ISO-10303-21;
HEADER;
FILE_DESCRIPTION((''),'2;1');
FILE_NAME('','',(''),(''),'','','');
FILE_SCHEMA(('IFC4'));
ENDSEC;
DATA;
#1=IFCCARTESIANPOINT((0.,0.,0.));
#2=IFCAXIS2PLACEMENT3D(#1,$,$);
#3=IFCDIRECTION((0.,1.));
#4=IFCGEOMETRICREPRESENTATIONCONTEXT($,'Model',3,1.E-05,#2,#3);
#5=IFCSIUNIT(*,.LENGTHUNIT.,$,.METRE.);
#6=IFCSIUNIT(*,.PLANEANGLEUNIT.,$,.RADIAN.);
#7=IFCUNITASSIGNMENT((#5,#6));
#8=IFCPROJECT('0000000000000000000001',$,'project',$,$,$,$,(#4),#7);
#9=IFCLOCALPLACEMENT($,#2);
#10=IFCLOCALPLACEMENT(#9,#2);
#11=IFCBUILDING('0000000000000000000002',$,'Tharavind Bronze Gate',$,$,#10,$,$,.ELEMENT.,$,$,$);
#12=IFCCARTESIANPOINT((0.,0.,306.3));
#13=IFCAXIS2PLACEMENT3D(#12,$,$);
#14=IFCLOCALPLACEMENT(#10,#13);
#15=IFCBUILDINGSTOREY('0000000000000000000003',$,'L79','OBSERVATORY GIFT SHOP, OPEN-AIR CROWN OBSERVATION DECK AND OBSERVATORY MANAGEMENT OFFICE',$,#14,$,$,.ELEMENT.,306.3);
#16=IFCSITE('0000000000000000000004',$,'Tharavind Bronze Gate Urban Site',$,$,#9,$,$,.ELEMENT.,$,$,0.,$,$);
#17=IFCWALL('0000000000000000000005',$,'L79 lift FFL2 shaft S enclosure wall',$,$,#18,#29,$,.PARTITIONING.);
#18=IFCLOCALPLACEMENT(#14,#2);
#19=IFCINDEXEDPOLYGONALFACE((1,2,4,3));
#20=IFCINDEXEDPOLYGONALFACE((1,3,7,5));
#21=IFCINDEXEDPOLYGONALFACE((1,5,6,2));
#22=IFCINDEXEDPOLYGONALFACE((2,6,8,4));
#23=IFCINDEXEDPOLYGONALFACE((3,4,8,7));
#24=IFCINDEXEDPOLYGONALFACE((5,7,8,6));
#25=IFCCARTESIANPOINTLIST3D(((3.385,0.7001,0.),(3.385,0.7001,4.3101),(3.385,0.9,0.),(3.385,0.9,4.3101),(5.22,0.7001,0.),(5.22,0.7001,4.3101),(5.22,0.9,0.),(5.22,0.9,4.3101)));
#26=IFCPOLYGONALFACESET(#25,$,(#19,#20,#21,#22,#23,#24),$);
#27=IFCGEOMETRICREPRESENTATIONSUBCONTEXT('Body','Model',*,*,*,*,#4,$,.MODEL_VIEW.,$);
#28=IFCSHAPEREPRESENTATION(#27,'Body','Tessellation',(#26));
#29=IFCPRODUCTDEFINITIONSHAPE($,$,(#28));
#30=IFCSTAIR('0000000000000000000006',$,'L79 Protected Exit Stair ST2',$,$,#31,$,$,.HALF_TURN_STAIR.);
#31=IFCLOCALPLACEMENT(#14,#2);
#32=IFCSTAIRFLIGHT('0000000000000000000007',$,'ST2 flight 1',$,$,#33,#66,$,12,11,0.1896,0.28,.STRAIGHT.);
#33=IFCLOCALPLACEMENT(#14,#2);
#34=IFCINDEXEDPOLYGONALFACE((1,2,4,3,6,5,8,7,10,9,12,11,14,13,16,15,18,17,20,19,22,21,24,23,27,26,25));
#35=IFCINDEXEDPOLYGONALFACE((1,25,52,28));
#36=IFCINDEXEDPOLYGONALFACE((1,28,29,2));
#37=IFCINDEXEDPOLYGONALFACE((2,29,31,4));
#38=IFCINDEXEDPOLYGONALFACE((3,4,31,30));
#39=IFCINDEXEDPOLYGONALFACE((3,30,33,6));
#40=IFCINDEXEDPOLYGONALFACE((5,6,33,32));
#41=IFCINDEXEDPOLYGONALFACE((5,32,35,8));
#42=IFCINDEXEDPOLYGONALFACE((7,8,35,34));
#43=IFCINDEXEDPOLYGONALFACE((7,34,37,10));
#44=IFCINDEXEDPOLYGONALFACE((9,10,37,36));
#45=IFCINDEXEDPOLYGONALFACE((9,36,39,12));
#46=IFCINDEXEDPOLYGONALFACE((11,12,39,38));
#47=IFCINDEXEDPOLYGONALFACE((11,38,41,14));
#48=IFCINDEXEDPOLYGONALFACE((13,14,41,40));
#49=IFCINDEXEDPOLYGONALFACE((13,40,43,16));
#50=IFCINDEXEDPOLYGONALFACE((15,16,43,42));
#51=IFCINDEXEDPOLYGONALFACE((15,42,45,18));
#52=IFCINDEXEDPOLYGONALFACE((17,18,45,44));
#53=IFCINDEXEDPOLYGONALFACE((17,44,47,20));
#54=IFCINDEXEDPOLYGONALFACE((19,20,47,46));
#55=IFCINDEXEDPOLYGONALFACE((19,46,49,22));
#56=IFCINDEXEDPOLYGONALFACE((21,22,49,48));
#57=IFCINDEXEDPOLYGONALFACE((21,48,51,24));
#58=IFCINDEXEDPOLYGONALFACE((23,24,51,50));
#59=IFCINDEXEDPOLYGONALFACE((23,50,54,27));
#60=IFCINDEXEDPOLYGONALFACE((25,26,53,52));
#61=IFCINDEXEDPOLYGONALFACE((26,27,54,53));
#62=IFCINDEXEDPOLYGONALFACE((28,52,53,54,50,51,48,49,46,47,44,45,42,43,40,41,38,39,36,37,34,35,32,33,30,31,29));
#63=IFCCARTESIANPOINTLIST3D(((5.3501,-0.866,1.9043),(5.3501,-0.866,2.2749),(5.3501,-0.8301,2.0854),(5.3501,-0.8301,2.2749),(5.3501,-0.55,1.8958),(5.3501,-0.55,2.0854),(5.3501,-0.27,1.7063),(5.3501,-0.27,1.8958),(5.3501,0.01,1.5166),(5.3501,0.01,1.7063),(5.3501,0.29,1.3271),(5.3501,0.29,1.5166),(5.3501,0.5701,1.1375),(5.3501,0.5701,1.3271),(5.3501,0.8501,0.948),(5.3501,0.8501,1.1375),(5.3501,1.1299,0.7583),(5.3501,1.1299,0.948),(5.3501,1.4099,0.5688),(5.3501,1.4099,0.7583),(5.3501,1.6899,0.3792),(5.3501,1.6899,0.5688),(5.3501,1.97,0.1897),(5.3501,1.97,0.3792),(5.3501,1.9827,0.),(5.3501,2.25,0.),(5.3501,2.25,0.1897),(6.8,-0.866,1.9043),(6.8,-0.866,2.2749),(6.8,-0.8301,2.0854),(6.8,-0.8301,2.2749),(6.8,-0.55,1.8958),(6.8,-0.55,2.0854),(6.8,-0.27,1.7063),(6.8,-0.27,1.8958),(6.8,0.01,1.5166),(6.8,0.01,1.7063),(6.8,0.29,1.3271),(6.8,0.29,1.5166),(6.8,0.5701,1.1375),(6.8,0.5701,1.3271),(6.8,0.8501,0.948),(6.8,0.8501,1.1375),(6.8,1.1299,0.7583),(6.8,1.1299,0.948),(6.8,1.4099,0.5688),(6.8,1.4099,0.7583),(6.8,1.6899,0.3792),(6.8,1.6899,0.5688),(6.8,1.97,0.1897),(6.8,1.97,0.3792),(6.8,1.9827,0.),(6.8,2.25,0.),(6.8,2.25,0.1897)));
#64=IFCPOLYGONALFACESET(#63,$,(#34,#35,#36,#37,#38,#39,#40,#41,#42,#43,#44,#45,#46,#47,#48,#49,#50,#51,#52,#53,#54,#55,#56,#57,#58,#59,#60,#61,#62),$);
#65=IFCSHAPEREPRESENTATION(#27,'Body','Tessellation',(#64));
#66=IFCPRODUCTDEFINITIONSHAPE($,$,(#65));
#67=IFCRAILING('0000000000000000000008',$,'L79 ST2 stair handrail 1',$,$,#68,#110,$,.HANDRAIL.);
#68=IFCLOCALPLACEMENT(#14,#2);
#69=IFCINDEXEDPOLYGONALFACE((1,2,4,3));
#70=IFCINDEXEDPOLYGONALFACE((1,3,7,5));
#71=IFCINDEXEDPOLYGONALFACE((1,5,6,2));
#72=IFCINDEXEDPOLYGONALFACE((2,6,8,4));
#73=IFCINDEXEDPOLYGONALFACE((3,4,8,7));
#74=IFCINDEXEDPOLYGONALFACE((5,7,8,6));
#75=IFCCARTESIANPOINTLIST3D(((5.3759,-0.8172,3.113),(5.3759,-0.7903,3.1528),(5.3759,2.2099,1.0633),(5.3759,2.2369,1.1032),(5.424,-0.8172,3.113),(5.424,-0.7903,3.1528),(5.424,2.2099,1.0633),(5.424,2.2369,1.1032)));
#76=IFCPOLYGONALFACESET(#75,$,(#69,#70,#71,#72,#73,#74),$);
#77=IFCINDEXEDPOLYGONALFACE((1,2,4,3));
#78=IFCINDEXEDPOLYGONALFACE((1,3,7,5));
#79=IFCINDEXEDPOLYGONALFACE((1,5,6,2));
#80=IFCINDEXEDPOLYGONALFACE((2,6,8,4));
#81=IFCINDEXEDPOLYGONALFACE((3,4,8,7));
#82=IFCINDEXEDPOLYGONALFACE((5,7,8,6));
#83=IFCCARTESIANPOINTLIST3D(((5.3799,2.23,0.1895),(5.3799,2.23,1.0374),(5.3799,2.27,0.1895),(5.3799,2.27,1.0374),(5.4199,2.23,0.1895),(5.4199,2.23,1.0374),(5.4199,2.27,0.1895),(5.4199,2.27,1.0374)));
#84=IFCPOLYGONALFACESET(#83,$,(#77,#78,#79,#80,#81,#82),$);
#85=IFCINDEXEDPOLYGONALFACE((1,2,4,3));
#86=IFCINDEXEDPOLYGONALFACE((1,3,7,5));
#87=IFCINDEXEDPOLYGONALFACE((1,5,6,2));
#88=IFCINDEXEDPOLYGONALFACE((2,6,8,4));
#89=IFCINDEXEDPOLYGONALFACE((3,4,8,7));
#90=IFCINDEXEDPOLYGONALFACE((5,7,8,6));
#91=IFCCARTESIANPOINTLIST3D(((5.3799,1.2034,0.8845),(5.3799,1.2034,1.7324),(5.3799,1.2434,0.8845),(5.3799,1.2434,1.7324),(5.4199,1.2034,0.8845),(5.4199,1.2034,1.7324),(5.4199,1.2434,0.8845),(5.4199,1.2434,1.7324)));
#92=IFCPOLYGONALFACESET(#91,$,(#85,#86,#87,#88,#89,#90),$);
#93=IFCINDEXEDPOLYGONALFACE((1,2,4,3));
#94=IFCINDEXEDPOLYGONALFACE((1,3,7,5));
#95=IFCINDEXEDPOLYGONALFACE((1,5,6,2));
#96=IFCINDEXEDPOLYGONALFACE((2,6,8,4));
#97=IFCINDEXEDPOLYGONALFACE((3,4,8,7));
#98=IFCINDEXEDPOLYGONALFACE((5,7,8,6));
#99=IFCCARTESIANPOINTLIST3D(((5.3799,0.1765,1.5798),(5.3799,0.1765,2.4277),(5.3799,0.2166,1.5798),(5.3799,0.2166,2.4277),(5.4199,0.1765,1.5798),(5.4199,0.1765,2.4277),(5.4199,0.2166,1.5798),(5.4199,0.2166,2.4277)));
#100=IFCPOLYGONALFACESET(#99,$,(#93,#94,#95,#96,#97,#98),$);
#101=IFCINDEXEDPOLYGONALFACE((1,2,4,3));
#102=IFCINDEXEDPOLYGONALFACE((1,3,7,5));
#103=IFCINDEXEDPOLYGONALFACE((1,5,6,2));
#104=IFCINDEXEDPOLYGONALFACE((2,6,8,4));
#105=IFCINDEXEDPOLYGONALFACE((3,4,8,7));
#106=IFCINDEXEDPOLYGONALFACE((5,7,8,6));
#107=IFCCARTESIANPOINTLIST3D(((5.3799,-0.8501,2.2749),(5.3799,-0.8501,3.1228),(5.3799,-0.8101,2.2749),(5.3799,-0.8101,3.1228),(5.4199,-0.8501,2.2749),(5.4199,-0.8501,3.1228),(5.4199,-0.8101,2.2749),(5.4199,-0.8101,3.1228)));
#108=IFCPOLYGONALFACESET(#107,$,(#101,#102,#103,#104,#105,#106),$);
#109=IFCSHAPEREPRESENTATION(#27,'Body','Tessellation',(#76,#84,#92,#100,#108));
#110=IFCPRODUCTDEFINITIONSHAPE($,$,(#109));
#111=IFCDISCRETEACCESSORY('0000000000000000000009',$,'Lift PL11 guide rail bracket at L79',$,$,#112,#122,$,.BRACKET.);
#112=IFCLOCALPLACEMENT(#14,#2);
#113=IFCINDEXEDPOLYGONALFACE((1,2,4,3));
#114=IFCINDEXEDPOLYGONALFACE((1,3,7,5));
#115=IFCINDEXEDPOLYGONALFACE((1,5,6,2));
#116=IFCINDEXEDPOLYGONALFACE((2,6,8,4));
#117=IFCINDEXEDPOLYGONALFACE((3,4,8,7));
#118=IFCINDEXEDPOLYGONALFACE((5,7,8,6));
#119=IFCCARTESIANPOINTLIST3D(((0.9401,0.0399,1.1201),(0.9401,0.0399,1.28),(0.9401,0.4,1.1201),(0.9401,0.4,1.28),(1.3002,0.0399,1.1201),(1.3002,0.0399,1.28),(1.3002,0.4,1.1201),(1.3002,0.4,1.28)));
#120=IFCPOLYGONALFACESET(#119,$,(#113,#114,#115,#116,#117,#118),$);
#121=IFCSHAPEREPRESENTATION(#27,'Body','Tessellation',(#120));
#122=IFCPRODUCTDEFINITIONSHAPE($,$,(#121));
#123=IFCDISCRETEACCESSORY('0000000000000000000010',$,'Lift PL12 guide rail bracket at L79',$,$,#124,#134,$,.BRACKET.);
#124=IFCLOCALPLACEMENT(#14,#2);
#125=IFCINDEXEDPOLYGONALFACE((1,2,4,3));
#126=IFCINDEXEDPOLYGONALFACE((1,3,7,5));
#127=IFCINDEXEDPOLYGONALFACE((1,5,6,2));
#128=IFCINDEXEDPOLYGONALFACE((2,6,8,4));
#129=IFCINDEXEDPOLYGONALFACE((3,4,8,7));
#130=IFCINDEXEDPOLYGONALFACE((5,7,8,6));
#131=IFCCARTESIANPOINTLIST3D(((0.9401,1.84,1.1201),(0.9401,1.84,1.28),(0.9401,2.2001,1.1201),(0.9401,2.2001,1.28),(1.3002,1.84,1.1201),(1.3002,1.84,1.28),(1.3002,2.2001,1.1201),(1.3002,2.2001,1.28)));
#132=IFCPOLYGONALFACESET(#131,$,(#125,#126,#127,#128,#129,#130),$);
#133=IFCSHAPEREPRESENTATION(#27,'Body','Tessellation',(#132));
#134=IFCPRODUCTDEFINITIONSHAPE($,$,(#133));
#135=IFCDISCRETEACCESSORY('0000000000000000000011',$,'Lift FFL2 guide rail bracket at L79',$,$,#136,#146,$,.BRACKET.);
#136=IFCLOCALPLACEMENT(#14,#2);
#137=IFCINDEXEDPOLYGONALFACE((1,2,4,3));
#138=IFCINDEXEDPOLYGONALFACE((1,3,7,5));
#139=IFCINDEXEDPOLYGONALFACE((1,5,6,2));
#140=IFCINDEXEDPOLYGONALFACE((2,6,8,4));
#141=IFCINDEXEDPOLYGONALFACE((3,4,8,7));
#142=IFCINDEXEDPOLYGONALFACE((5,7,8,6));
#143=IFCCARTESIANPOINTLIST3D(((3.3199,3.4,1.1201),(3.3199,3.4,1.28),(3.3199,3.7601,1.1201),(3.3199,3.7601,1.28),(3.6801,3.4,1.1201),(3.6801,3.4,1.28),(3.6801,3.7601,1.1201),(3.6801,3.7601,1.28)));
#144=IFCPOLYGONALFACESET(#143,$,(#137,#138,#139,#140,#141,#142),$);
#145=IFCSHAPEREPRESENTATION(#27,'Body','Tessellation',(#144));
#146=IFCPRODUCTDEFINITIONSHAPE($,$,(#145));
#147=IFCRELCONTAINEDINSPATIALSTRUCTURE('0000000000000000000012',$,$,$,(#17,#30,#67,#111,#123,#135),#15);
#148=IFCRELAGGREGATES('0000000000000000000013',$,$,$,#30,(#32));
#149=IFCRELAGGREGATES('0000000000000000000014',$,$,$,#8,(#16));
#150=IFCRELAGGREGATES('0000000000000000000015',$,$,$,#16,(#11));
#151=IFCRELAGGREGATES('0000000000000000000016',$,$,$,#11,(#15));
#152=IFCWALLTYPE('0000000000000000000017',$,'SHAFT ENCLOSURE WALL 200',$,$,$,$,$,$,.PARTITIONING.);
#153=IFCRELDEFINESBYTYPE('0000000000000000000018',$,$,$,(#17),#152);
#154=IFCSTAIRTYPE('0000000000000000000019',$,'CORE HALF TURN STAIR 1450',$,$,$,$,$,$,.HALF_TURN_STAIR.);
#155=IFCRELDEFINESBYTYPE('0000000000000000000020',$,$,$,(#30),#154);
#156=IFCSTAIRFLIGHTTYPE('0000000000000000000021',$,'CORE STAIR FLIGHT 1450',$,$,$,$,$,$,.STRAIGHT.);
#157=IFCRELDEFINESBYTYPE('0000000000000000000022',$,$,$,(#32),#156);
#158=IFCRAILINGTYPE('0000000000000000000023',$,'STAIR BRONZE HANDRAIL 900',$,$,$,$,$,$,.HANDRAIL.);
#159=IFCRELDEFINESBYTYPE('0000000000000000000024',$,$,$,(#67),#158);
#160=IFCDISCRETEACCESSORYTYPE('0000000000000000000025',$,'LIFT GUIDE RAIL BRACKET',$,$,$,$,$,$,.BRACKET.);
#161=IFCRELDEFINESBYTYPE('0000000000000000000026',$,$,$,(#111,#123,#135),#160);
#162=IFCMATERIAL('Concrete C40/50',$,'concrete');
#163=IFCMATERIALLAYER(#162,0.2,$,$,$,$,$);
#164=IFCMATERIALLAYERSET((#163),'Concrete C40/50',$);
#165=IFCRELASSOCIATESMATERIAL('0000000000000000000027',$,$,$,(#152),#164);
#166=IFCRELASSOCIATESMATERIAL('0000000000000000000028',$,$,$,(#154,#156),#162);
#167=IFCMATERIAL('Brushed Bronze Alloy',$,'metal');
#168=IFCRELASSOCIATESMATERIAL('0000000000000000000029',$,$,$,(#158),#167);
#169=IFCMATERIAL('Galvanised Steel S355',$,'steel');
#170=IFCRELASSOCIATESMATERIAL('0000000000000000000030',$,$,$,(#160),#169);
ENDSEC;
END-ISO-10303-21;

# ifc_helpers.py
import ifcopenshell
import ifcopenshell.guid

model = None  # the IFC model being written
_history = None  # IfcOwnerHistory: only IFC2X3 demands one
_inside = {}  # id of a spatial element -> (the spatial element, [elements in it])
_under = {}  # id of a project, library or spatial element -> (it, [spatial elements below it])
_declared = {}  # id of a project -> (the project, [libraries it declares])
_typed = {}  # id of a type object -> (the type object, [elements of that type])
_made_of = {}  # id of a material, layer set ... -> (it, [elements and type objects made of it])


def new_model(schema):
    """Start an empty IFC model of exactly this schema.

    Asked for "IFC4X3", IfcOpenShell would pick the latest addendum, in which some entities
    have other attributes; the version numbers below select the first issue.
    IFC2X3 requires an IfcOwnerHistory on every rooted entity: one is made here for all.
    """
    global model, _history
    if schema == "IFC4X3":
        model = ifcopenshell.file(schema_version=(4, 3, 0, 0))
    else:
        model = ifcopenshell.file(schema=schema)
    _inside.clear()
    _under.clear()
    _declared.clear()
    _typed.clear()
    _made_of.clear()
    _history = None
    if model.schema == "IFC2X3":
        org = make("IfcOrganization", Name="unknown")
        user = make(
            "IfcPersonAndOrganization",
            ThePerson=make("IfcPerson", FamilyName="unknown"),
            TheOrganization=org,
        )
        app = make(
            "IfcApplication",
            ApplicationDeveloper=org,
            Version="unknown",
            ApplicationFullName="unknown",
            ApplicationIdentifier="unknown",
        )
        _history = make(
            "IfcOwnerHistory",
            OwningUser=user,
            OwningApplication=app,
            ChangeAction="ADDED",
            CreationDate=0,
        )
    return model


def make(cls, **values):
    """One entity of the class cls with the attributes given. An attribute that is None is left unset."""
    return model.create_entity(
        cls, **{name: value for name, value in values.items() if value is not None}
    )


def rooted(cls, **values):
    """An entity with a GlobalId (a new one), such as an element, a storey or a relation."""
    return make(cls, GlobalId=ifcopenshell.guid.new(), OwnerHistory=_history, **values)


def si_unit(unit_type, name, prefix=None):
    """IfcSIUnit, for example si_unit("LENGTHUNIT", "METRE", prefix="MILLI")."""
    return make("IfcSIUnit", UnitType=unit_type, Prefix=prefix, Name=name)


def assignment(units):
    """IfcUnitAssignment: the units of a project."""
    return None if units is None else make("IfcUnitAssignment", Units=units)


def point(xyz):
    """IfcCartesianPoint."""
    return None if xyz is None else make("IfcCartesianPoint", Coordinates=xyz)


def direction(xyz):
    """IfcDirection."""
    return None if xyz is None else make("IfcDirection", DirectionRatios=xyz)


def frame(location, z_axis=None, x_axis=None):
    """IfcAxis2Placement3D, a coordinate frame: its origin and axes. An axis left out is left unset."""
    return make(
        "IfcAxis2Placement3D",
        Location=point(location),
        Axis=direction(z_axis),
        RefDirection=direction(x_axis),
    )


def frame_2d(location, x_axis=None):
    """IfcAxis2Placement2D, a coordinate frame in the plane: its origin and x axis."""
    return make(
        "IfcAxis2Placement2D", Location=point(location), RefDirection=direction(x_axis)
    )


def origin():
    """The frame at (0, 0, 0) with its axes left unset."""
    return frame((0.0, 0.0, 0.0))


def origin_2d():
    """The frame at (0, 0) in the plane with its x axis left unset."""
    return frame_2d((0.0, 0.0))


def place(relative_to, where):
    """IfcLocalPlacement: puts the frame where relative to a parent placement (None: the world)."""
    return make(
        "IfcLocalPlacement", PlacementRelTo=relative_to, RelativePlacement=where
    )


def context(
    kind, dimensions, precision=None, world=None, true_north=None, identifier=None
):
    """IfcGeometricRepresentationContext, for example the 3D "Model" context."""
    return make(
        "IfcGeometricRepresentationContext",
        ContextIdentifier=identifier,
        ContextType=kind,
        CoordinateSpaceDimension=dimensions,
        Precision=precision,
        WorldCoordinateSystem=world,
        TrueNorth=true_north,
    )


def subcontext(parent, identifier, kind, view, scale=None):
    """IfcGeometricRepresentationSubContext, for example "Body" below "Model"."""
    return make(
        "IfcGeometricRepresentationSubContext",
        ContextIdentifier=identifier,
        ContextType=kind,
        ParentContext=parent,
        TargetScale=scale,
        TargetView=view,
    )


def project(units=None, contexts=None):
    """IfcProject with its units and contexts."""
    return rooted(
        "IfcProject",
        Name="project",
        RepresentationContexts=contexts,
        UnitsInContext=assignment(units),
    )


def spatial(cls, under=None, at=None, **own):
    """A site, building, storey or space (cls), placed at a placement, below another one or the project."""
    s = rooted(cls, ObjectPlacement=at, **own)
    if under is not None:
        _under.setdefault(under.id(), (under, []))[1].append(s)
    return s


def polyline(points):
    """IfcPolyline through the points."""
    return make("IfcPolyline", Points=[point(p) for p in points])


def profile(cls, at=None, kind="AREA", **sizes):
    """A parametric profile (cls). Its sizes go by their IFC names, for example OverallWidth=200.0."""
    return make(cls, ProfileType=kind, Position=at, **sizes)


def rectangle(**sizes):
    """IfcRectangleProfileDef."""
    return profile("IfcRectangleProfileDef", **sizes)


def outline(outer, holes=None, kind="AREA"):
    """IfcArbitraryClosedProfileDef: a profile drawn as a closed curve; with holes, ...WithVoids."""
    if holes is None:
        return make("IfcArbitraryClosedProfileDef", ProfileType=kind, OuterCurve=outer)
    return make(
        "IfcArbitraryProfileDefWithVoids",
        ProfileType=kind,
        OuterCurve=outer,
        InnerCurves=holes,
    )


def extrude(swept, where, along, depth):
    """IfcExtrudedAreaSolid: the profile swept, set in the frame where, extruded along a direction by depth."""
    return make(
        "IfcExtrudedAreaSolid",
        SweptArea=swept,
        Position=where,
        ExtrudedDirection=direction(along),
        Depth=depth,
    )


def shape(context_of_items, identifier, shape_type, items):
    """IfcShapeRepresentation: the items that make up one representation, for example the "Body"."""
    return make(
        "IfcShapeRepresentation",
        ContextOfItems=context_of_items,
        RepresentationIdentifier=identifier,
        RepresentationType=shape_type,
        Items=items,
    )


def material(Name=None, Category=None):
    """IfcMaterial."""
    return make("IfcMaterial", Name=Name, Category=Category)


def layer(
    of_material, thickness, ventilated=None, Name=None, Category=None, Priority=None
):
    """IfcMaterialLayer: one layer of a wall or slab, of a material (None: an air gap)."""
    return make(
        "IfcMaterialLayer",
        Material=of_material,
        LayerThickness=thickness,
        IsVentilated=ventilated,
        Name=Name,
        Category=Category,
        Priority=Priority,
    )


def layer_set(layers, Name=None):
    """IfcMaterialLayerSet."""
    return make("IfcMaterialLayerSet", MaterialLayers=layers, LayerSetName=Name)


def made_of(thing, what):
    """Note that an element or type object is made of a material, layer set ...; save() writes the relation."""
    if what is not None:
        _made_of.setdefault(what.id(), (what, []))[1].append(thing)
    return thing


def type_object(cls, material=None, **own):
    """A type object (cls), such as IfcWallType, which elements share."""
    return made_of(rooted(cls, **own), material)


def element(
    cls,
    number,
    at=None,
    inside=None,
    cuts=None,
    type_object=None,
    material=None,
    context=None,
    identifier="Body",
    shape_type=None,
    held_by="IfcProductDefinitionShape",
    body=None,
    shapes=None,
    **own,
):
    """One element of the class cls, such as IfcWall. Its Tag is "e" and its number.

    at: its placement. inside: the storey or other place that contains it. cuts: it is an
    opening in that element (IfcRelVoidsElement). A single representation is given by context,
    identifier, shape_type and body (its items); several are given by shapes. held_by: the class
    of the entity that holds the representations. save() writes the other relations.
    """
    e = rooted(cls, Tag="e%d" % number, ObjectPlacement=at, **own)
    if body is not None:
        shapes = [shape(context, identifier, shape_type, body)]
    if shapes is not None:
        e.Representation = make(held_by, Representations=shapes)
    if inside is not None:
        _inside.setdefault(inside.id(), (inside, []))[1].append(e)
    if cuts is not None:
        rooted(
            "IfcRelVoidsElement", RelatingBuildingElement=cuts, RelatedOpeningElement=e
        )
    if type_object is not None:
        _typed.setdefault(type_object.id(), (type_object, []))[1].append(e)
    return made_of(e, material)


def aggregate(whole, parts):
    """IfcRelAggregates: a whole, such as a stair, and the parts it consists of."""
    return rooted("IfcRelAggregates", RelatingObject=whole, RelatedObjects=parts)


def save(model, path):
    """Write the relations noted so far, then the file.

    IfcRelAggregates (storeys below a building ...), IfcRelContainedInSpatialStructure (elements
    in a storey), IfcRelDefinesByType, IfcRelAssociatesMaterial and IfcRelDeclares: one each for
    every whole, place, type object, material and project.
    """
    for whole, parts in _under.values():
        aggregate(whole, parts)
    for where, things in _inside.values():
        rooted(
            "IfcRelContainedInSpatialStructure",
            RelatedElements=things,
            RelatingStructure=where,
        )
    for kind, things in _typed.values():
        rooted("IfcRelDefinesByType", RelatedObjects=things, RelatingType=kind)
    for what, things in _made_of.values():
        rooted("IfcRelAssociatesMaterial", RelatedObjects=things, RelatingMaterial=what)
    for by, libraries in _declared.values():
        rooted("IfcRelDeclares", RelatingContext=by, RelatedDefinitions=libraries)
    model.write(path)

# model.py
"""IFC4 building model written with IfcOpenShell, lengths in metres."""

from ifc_helpers import new_model, si_unit, direction, frame, frame_2d, origin, origin_2d, place, context, subcontext, project, spatial, polyline, rectangle, outline, extrude, material, layer, layer_set, type_object, element, aggregate, save


model = new_model("IFC4")

# Units and contexts
model_context = context("Model", 3, precision=1e-05, world=origin(), true_north=direction((0.0, 1.0)))
body_context = subcontext(model_context, "Body", "Model", "MODEL_VIEW")
ifc_project = project(units=[si_unit("LENGTHUNIT", "METRE"), si_unit("PLANEANGLEUNIT", "RADIAN")], contexts=[model_context])

# Site, building, storey
site_placement = place(None, origin())
site = spatial("IfcSite", under=ifc_project, at=site_placement, Name="Tharavind Bronze Gate Urban Site", CompositionType="ELEMENT", RefElevation=0.0)
building_placement = place(site_placement, origin())
building = spatial("IfcBuilding", under=site, at=building_placement, Name="Tharavind Bronze Gate", CompositionType="ELEMENT")
storey_placement = place(building_placement, frame((0.0, 0.0, 306.3)))
storey = spatial("IfcBuildingStorey", under=building, at=storey_placement, Name="L79", Description="OBSERVATORY GIFT SHOP, OPEN-AIR CROWN OBSERVATION DECK AND OBSERVATORY MANAGEMENT OFFICE", CompositionType="ELEMENT", Elevation=306.3)

# Wall
ifc_material_1 = material(Name="Concrete C40/50", Category="concrete")
ifc_layer_1 = layer(ifc_material_1, 0.2)
ifc_layer_set_1 = layer_set([ifc_layer_1], Name="Concrete C40/50")
wall_type_1 = type_object("IfcWallType", Name="SHAFT ENCLOSURE WALL 200", PredefinedType="PARTITIONING", material=ifc_layer_set_1)
wall_1_placement = place(storey_placement, frame((3.385, 0.8, 0.0), z_axis=(0.0, 0.0, 1.0), x_axis=(1.0, 0.0, 0.0)))
element("IfcWall", 1, at=wall_1_placement, inside=storey, type_object=wall_type_1, Name="L79 lift FFL2 shaft S enclosure wall", PredefinedType="PARTITIONING", context=body_context, shape_type="SweptSolid", body=[
    extrude(rectangle(XDim=1.835, YDim=0.2, at=frame_2d((0.9175, 0.0))), origin(), (0.0, 0.0, 1.0), 4.3101),
])

# Stair, stair flight
stair_type = type_object("IfcStairType", Name="CORE HALF TURN STAIR 1450", PredefinedType="HALF_TURN_STAIR", material=ifc_material_1)
stair_placement = place(storey_placement, origin())
stair = element("IfcStair", 2, at=stair_placement, inside=storey, type_object=stair_type, Name="L79 Protected Exit Stair ST2", PredefinedType="HALF_TURN_STAIR")
stair_flight_type = type_object("IfcStairFlightType", Name="CORE STAIR FLIGHT 1450", PredefinedType="STRAIGHT", material=ifc_material_1)
stair_flight_placement = place(storey_placement, frame((6.075, 2.25, 0.0), z_axis=(0.0, 0.0, 1.0), x_axis=(0.0, -1.0, 0.0)))
stair_flight = element("IfcStairFlight", 3, at=stair_flight_placement, type_object=stair_flight_type, Name="ST2 flight 1", NumberOfRisers=12, NumberOfTreads=11, PredefinedType="STRAIGHT", RiserHeight=0.1896, TreadLength=0.28, context=body_context, shape_type="SweptSolid", body=[
    extrude(outline(polyline([(0.0, 0.0), (0.0, 0.1897), (0.28, 0.1897), (0.28, 0.3792), (0.5601, 0.3792), (0.5601, 0.5688), (0.8401, 0.5688), (0.8401, 0.7583), (1.1201, 0.7583), (1.1201, 0.948), (1.3999, 0.948), (1.3999, 1.1375), (1.6799, 1.1375), (1.6799, 1.3271), (1.96, 1.3271), (1.96, 1.5166), (2.24, 1.5166), (2.24, 1.7063), (2.52, 1.7063), (2.52, 1.8958), (2.8, 1.8958), (2.8, 2.0854), (3.0801, 2.0854), (3.0801, 2.2749), (3.116, 2.2749), (3.116, 1.9043), (0.2673, 0.0), (0.0, 0.0)])), frame((0.0, 0.7251, 0.0), z_axis=(0.0, -1.0, 0.0), x_axis=(1.0, 0.0, 0.0)), (0.0, 0.0, 1.0), 1.45),
])
aggregate(stair, [stair_flight])

# Railing
ifc_material_2 = material(Name="Brushed Bronze Alloy", Category="metal")
railing_type = type_object("IfcRailingType", Name="STAIR BRONZE HANDRAIL 900", PredefinedType="HANDRAIL", material=ifc_material_2)
railing_placement = place(storey_placement, frame((5.3999, 2.25, 0.1895)))
element("IfcRailing", 4, at=railing_placement, inside=storey, type_object=railing_type, Name="L79 ST2 stair handrail 1", PredefinedType="HANDRAIL", context=body_context, shape_type="SweptSolid", body=[
    extrude(rectangle(XDim=0.0481, YDim=0.0481, at=origin_2d()), frame((0.0, -0.0266, 0.8938), z_axis=(0.0, -0.82805, 0.560654), x_axis=(1.0, 0.0, 0.0)), (0.0, 0.0, 1.0), 3.6558),
    extrude(rectangle(XDim=0.04, YDim=0.04, at=origin_2d()), origin(), (0.0, 0.0, 1.0), 0.8479),
    extrude(rectangle(XDim=0.04, YDim=0.04, at=origin_2d()), frame((0.0, -1.0266, 0.6951)), (0.0, 0.0, 1.0), 0.8479),
    extrude(rectangle(XDim=0.04, YDim=0.04, at=origin_2d()), frame((0.0, -2.0535, 1.3904)), (0.0, 0.0, 1.0), 0.8479),
    extrude(rectangle(XDim=0.04, YDim=0.04, at=origin_2d()), frame((0.0, -3.0801, 2.0854)), (0.0, 0.0, 1.0), 0.8479),
])

# Discrete accessories
ifc_material_3 = material(Name="Galvanised Steel S355", Category="steel")
discrete_accessory_type = type_object("IfcDiscreteAccessoryType", Name="LIFT GUIDE RAIL BRACKET", PredefinedType="BRACKET", material=ifc_material_3)
for number, where, z_axis, x_axis, name in (
    (5, (1.1201, 0.22, 1.1201), (0.0, 0.0, 1.0), (1.0, 0.0, 0.0), "Lift PL11 guide rail bracket at L79"),
    (6, (1.1201, 2.02, 1.1201), (0.0, 0.0, 1.0), (1.0, 0.0, 0.0), "Lift PL12 guide rail bracket at L79"),
    (7, (3.5, 3.5801, 1.1201), (0.0, 0.0, 1.0), (1.0, 0.0, 0.0), "Lift FFL2 guide rail bracket at L79"),
):
    element("IfcDiscreteAccessory", number, at=place(storey_placement, frame(where, z_axis=z_axis, x_axis=x_axis)), inside=storey, type_object=discrete_accessory_type, Name=name, PredefinedType="BRACKET", context=body_context, shape_type="SweptSolid", body=[
        extrude(rectangle(XDim=0.3601, YDim=0.3601, at=origin_2d()), origin(), (0.0, 0.0, 1.0), 0.1599),
    ])

save(model, "model.ifc")
